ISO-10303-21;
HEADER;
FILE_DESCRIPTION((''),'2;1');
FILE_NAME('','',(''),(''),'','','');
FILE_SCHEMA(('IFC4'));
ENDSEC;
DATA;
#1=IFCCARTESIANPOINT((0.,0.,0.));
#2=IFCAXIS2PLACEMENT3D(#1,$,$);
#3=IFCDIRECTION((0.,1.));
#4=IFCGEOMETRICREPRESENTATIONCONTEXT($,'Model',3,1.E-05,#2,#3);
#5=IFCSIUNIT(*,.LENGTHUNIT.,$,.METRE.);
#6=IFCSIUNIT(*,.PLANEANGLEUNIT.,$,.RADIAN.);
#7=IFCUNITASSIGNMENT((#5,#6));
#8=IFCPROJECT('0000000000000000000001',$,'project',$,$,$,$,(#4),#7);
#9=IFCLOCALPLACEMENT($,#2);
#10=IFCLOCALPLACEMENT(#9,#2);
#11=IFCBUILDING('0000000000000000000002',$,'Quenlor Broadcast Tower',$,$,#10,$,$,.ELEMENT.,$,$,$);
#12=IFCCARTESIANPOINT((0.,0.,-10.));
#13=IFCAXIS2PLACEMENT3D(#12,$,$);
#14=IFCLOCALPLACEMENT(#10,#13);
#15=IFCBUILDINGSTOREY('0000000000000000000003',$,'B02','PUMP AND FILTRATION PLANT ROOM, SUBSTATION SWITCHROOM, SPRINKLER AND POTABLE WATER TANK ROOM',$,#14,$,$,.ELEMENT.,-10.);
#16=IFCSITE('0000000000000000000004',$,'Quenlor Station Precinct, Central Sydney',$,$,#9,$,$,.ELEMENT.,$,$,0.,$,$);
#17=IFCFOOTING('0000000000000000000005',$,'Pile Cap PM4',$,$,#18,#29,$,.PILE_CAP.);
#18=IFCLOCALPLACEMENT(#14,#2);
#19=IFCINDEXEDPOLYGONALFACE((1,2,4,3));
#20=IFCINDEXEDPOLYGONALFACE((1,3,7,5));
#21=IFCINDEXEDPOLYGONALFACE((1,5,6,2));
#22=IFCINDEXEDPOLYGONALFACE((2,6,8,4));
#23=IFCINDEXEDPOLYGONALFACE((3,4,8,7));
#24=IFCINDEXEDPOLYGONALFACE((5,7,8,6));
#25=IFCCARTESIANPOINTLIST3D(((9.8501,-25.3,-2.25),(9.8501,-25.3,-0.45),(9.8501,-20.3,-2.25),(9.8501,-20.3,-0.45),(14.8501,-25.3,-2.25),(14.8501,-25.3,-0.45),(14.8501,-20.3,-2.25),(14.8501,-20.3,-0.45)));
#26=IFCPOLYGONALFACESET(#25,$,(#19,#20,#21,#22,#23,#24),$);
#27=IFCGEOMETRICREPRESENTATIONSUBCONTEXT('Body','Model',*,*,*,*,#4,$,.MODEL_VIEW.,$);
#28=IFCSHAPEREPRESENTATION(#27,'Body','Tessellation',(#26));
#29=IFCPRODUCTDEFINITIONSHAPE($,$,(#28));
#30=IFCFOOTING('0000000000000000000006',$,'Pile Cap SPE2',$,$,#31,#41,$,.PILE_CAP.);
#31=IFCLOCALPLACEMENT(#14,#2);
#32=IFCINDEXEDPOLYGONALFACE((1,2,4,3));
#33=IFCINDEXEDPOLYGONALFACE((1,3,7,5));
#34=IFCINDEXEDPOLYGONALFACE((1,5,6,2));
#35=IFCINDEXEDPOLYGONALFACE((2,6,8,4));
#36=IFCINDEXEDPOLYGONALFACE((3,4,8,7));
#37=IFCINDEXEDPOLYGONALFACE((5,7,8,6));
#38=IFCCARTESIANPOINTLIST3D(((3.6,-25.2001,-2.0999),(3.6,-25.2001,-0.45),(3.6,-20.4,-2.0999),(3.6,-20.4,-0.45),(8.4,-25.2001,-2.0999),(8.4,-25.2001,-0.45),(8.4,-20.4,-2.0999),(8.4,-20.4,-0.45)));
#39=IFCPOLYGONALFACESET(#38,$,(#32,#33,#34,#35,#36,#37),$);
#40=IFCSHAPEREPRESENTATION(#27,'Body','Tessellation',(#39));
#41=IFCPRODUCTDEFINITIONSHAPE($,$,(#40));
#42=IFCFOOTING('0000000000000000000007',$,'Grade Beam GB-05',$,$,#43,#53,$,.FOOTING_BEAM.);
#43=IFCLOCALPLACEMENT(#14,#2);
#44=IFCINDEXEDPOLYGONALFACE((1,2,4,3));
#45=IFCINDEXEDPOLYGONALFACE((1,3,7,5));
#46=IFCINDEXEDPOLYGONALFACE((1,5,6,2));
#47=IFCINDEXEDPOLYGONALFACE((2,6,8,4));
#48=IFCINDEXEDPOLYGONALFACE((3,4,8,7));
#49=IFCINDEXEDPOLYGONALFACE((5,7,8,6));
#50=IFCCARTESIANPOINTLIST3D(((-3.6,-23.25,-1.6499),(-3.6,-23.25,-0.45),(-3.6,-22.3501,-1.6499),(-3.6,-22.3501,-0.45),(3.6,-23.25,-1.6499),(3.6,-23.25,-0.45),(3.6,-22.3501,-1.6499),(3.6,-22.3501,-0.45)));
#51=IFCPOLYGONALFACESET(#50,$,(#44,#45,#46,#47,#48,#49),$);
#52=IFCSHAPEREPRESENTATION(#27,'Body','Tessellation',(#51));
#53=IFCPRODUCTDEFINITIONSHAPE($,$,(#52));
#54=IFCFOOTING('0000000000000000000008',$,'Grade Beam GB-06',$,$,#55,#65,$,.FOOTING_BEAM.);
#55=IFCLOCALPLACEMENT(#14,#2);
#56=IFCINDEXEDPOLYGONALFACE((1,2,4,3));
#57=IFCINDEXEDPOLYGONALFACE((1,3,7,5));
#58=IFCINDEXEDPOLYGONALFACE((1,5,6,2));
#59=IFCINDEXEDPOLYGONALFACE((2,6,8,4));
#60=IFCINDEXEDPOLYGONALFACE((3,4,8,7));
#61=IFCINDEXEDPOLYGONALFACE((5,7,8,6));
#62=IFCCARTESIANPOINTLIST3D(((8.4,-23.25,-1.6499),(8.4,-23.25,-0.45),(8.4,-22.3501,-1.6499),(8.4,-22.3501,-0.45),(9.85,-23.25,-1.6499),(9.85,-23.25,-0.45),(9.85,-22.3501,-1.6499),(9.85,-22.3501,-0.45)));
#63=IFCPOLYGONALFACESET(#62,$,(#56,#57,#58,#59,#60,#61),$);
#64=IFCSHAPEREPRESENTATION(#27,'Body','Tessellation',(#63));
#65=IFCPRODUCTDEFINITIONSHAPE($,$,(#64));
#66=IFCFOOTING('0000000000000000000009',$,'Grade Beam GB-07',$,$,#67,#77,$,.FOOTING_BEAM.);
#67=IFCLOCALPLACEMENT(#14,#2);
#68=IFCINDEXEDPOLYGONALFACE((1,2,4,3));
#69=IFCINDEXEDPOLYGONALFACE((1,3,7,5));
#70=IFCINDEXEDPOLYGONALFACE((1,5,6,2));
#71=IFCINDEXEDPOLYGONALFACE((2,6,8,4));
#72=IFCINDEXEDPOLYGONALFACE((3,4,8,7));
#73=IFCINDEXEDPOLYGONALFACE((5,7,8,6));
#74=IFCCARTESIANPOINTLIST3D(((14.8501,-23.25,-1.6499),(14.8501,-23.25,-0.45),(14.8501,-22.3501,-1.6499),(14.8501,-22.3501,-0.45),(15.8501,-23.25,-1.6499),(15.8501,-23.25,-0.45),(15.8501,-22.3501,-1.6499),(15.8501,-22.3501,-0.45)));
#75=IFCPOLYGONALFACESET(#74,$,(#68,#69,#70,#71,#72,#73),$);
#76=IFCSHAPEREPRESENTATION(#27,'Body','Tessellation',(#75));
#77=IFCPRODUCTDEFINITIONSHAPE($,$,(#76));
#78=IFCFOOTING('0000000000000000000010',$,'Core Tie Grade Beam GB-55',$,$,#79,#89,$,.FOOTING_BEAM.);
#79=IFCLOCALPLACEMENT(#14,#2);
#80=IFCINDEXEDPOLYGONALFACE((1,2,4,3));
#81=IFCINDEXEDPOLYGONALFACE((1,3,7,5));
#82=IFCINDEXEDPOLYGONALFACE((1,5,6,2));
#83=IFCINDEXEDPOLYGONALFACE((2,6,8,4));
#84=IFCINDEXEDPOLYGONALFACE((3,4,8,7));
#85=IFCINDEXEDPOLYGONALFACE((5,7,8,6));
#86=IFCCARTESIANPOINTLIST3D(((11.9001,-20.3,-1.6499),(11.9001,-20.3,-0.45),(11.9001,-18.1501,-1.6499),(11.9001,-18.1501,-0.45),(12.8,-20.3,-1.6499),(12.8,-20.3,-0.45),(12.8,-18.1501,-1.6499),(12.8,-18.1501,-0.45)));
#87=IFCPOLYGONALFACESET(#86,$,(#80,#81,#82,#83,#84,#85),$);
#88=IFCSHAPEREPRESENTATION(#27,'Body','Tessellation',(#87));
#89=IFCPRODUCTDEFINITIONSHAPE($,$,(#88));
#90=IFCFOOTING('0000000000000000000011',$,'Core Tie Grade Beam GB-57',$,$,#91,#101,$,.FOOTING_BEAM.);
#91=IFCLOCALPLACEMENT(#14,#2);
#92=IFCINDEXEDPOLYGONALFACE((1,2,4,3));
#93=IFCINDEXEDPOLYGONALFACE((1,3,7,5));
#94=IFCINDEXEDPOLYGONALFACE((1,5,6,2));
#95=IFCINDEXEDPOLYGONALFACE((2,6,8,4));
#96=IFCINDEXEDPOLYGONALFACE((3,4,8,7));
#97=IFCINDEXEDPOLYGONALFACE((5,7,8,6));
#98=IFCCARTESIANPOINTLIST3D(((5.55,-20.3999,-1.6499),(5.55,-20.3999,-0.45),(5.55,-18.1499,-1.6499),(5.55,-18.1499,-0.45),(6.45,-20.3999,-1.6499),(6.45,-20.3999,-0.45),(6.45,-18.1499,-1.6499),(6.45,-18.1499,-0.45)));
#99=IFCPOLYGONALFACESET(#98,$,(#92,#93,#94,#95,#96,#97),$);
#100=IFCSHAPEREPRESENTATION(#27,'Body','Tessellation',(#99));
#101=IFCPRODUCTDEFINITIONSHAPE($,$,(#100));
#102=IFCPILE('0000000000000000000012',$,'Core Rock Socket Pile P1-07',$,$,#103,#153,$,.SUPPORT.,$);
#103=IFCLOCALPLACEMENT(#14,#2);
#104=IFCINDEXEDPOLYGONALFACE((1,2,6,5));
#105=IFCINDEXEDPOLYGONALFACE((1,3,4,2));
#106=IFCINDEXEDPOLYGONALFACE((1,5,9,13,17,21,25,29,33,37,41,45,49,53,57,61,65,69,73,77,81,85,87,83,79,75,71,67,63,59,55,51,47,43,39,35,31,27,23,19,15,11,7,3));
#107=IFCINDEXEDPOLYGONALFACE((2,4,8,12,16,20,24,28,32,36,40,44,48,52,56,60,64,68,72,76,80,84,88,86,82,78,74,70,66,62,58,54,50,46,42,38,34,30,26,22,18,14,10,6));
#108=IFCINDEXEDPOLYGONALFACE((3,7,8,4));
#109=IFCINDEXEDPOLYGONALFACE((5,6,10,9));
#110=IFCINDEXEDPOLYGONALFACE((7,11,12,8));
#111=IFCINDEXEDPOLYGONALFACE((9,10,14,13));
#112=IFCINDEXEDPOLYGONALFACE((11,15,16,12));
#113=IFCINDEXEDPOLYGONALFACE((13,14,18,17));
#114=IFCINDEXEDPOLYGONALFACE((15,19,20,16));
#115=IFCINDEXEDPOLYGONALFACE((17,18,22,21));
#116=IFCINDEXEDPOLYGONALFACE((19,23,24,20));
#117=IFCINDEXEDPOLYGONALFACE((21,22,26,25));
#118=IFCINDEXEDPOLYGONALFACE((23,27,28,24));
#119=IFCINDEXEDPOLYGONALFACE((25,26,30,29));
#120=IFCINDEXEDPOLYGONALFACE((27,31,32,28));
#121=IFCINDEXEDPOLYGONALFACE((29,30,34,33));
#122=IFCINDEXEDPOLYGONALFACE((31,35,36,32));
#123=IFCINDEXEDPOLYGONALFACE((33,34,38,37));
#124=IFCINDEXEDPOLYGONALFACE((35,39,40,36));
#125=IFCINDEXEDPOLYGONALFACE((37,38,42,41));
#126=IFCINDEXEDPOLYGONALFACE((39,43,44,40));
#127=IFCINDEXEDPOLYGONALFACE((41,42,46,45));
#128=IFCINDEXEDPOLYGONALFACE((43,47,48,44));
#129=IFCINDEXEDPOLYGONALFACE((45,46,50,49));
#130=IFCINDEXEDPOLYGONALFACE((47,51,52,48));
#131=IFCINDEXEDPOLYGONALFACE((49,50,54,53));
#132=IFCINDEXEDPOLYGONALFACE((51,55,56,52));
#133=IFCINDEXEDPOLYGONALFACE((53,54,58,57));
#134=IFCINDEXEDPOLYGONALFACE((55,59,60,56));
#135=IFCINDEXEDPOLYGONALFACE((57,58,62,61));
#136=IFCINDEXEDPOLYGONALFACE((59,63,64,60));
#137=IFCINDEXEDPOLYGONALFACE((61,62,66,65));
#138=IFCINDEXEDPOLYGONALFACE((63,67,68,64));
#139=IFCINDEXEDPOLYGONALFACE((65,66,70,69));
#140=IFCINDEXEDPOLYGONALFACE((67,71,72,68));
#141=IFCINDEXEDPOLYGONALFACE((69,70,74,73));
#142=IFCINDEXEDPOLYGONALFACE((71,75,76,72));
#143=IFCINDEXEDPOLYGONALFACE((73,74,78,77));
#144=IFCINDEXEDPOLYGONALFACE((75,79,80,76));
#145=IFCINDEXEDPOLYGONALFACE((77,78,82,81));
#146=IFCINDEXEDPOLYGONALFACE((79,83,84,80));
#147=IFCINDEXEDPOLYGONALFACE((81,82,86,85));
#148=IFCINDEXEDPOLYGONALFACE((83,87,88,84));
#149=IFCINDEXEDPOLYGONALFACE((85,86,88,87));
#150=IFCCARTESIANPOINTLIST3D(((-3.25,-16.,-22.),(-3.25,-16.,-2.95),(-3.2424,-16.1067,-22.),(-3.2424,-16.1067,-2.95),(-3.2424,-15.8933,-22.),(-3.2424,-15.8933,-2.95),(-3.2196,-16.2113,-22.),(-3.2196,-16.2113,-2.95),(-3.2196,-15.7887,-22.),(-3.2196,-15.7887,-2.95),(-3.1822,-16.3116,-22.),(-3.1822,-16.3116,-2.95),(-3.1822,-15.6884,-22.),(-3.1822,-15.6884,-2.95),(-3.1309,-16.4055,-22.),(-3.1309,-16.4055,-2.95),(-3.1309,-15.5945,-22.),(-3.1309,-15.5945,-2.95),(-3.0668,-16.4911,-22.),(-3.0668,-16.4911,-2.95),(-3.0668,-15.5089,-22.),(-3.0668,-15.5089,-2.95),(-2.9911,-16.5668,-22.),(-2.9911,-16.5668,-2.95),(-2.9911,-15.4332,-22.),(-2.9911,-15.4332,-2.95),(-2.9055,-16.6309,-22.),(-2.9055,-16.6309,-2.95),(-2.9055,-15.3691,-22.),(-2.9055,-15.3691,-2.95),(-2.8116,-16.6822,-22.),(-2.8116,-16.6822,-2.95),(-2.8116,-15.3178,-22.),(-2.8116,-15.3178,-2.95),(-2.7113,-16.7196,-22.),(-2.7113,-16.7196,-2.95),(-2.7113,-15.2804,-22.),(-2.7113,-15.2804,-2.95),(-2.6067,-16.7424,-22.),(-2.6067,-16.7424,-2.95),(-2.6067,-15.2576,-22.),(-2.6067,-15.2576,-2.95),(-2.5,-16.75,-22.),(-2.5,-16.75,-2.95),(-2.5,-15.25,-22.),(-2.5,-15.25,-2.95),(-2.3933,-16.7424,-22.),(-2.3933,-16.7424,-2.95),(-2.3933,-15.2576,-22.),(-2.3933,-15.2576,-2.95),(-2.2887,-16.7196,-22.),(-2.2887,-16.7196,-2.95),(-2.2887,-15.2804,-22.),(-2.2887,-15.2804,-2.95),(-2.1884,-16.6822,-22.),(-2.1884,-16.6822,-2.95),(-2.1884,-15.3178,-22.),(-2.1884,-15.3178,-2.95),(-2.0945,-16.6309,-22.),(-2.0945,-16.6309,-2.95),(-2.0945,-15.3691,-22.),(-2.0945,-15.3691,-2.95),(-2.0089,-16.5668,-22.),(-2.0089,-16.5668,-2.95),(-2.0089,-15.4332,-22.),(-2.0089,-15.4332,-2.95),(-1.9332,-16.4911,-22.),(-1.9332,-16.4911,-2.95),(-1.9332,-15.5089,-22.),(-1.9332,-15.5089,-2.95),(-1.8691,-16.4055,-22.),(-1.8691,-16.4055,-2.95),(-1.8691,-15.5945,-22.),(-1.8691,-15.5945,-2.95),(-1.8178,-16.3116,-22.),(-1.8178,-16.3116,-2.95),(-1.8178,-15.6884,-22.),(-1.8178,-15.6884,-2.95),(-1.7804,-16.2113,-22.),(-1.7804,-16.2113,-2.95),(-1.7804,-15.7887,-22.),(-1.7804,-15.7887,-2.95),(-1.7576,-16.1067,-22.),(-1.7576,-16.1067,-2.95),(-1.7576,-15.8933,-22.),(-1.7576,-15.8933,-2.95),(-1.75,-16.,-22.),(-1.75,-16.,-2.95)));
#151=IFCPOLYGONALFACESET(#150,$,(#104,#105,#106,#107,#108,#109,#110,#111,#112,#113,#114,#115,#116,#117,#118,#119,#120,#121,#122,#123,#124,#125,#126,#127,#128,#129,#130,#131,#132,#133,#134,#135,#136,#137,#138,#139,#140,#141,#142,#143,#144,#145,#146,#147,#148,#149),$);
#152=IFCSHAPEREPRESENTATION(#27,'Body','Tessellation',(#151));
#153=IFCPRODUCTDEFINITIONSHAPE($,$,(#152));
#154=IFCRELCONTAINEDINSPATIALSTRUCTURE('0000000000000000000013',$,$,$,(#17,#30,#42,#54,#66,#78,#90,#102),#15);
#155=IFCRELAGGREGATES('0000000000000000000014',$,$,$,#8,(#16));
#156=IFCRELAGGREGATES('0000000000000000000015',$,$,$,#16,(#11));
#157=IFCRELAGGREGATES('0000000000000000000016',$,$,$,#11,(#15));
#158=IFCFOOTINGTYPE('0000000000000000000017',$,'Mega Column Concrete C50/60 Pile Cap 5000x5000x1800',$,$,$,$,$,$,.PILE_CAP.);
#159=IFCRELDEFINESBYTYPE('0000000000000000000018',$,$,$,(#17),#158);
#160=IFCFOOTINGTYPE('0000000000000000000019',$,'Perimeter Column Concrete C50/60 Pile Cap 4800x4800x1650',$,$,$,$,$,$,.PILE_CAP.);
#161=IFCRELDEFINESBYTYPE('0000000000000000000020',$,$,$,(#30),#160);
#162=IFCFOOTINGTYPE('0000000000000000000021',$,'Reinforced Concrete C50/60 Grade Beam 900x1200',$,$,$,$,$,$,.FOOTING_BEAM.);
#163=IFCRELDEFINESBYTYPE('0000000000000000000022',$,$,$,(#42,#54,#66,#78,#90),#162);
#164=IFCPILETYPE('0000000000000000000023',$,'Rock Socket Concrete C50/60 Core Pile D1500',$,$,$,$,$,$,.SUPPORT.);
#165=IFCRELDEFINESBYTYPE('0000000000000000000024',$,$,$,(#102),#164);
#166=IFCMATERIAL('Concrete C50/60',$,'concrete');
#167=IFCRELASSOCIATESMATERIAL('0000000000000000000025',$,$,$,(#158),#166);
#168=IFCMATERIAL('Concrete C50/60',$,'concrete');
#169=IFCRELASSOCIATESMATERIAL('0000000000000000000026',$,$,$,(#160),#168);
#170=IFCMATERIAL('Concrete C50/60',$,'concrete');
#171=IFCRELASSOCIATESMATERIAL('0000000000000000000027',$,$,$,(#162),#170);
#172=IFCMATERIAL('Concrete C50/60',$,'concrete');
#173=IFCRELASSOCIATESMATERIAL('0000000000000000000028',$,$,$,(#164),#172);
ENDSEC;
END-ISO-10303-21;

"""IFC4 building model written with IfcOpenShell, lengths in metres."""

from ifc_helpers import new_model, si_unit, direction, frame, origin, origin_2d, place, context, subcontext, project, spatial, rectangle, circle, extrude, material, material_profile, profile_set, type_object, element, save


model = new_model("IFC4")

# Units and contexts
model_context = context("Model", 3, precision=1e-05, world=origin(), true_north=direction((0.0, 1.0)))
body_context = subcontext(model_context, "Body", "Model", "MODEL_VIEW")
ifc_project = project(units=[si_unit("LENGTHUNIT", "METRE"), si_unit("PLANEANGLEUNIT", "RADIAN")], contexts=[model_context])

# Site, building, storey
site_placement = place(None, origin())
site = spatial("IfcSite", under=ifc_project, at=site_placement, Name="Quenlor Station Precinct, Central Sydney", CompositionType="ELEMENT", RefElevation=0.0)
building_placement = place(site_placement, origin())
building = spatial("IfcBuilding", under=site, at=building_placement, Name="Quenlor Broadcast Tower", CompositionType="ELEMENT")
storey_placement = place(building_placement, frame((0.0, 0.0, -10.0)))
storey = spatial("IfcBuildingStorey", under=building, at=storey_placement, Name="B02", Description="PUMP AND FILTRATION PLANT ROOM, SUBSTATION SWITCHROOM, SPRINKLER AND POTABLE WATER TANK ROOM", CompositionType="ELEMENT", Elevation=-10.0)

# Footings
ifc_material_1 = material(Name="Concrete C50/60", Category="concrete")
footing_type_1 = type_object("IfcFootingType", Name="Mega Column Concrete C50/60 Pile Cap 5000x5000x1800", PredefinedType="PILE_CAP", material=ifc_material_1)
footing_1_placement = place(storey_placement, frame((12.3501, -22.8, -2.25), z_axis=(0.0, 0.0, 1.0), x_axis=(1.0, 0.0, 0.0)))
element("IfcFooting", 1, at=footing_1_placement, inside=storey, type_object=footing_type_1, Name="Pile Cap PM4", PredefinedType="PILE_CAP", context=body_context, shape_type="SweptSolid", body=[
    extrude(rectangle(XDim=5.0, YDim=5.0, at=origin_2d()), origin(), (0.0, 0.0, 1.0), 1.8),
])
ifc_material_2 = material(Name="Concrete C50/60", Category="concrete")
footing_type_2 = type_object("IfcFootingType", Name="Perimeter Column Concrete C50/60 Pile Cap 4800x4800x1650", PredefinedType="PILE_CAP", material=ifc_material_2)
footing_2_placement = place(storey_placement, frame((6.0, -22.8, -2.0999), z_axis=(0.0, 0.0, 1.0), x_axis=(1.0, 0.0, 0.0)))
element("IfcFooting", 2, at=footing_2_placement, inside=storey, type_object=footing_type_2, Name="Pile Cap SPE2", PredefinedType="PILE_CAP", context=body_context, shape_type="SweptSolid", body=[
    extrude(rectangle(XDim=4.8, YDim=4.8, at=origin_2d()), origin(), (0.0, 0.0, 1.0), 1.6499),
])
ifc_material_3 = material(Name="Concrete C50/60", Category="concrete")
footing_type_3 = type_object("IfcFootingType", Name="Reinforced Concrete C50/60 Grade Beam 900x1200", PredefinedType="FOOTING_BEAM", material=ifc_material_3)
footing_3_placement = place(storey_placement, frame((0.0, -22.8, -1.6499), z_axis=(0.0, 0.0, 1.0), x_axis=(1.0, 0.0, 0.0)))
element("IfcFooting", 3, at=footing_3_placement, inside=storey, type_object=footing_type_3, Name="Grade Beam GB-05", PredefinedType="FOOTING_BEAM", context=body_context, shape_type="SweptSolid", body=[
    extrude(rectangle(XDim=7.2, YDim=0.8999, at=origin_2d()), origin(), (0.0, 0.0, 1.0), 1.2),
])
footing_4_placement = place(storey_placement, frame((9.125, -22.8, -1.6499), z_axis=(0.0, 0.0, 1.0), x_axis=(1.0, 0.0, 0.0)))
element("IfcFooting", 4, at=footing_4_placement, inside=storey, type_object=footing_type_3, Name="Grade Beam GB-06", PredefinedType="FOOTING_BEAM", context=body_context, shape_type="SweptSolid", body=[
    extrude(rectangle(XDim=1.45, YDim=0.8999, at=origin_2d()), origin(), (0.0, 0.0, 1.0), 1.2),
])
footing_5_placement = place(storey_placement, frame((15.3501, -22.8, -1.6499), z_axis=(0.0, 0.0, 1.0), x_axis=(1.0, 0.0, 0.0)))
element("IfcFooting", 5, at=footing_5_placement, inside=storey, type_object=footing_type_3, Name="Grade Beam GB-07", PredefinedType="FOOTING_BEAM", context=body_context, shape_type="SweptSolid", body=[
    extrude(rectangle(XDim=1.0, YDim=0.8999, at=origin_2d()), origin(), (0.0, 0.0, 1.0), 1.2),
])
footing_6_placement = place(storey_placement, frame((12.3501, -19.2251, -1.6499), z_axis=(0.0, 0.0, 1.0), x_axis=(0.0, 1.0, 0.0)))
element("IfcFooting", 6, at=footing_6_placement, inside=storey, type_object=footing_type_3, Name="Core Tie Grade Beam GB-55", PredefinedType="FOOTING_BEAM", context=body_context, shape_type="SweptSolid", body=[
    extrude(rectangle(XDim=2.1499, YDim=0.8999, at=origin_2d()), origin(), (0.0, 0.0, 1.0), 1.2),
])
footing_7_placement = place(storey_placement, frame((6.0, -19.2749, -1.6499), z_axis=(0.0, 0.0, 1.0), x_axis=(0.0, 1.0, 0.0)))
element("IfcFooting", 7, at=footing_7_placement, inside=storey, type_object=footing_type_3, Name="Core Tie Grade Beam GB-57", PredefinedType="FOOTING_BEAM", context=body_context, shape_type="SweptSolid", body=[
    extrude(rectangle(XDim=2.25, YDim=0.8999, at=origin_2d()), origin(), (0.0, 0.0, 1.0), 1.2),
])

# Pile
ifc_material_4 = material(Name="Concrete C50/60", Category="concrete")
ifc_material_profile_1 = material_profile(ifc_material_4, circle(Radius=0.75, at=origin_2d()))
ifc_profile_set_1 = profile_set([ifc_material_profile_1], Name="Concrete C50/60 PILE1500")
pile_type_1 = type_object("IfcPileType", Name="Rock Socket Concrete C50/60 Core Pile D1500", PredefinedType="SUPPORT", material=ifc_profile_set_1)
for number, where, z_axis, x_axis, name in (
    (8, (-2.5, -16.0, -2.95), (0.0, 0.0, -1.0), (1.0, 0.0, 0.0), "Core Rock Socket Pile P1-07"),
):
    element("IfcPile", number, at=place(storey_placement, frame(where, z_axis=z_axis, x_axis=x_axis)), inside=storey, type_object=pile_type_1, Name=name, PredefinedType="SUPPORT", context=body_context, shape_type="SweptSolid", body=[
        extrude(circle(Radius=0.75, at=origin_2d()), origin(), (0.0, 0.0, 1.0), 19.05),
    ])

save(model, "model.ifc")
